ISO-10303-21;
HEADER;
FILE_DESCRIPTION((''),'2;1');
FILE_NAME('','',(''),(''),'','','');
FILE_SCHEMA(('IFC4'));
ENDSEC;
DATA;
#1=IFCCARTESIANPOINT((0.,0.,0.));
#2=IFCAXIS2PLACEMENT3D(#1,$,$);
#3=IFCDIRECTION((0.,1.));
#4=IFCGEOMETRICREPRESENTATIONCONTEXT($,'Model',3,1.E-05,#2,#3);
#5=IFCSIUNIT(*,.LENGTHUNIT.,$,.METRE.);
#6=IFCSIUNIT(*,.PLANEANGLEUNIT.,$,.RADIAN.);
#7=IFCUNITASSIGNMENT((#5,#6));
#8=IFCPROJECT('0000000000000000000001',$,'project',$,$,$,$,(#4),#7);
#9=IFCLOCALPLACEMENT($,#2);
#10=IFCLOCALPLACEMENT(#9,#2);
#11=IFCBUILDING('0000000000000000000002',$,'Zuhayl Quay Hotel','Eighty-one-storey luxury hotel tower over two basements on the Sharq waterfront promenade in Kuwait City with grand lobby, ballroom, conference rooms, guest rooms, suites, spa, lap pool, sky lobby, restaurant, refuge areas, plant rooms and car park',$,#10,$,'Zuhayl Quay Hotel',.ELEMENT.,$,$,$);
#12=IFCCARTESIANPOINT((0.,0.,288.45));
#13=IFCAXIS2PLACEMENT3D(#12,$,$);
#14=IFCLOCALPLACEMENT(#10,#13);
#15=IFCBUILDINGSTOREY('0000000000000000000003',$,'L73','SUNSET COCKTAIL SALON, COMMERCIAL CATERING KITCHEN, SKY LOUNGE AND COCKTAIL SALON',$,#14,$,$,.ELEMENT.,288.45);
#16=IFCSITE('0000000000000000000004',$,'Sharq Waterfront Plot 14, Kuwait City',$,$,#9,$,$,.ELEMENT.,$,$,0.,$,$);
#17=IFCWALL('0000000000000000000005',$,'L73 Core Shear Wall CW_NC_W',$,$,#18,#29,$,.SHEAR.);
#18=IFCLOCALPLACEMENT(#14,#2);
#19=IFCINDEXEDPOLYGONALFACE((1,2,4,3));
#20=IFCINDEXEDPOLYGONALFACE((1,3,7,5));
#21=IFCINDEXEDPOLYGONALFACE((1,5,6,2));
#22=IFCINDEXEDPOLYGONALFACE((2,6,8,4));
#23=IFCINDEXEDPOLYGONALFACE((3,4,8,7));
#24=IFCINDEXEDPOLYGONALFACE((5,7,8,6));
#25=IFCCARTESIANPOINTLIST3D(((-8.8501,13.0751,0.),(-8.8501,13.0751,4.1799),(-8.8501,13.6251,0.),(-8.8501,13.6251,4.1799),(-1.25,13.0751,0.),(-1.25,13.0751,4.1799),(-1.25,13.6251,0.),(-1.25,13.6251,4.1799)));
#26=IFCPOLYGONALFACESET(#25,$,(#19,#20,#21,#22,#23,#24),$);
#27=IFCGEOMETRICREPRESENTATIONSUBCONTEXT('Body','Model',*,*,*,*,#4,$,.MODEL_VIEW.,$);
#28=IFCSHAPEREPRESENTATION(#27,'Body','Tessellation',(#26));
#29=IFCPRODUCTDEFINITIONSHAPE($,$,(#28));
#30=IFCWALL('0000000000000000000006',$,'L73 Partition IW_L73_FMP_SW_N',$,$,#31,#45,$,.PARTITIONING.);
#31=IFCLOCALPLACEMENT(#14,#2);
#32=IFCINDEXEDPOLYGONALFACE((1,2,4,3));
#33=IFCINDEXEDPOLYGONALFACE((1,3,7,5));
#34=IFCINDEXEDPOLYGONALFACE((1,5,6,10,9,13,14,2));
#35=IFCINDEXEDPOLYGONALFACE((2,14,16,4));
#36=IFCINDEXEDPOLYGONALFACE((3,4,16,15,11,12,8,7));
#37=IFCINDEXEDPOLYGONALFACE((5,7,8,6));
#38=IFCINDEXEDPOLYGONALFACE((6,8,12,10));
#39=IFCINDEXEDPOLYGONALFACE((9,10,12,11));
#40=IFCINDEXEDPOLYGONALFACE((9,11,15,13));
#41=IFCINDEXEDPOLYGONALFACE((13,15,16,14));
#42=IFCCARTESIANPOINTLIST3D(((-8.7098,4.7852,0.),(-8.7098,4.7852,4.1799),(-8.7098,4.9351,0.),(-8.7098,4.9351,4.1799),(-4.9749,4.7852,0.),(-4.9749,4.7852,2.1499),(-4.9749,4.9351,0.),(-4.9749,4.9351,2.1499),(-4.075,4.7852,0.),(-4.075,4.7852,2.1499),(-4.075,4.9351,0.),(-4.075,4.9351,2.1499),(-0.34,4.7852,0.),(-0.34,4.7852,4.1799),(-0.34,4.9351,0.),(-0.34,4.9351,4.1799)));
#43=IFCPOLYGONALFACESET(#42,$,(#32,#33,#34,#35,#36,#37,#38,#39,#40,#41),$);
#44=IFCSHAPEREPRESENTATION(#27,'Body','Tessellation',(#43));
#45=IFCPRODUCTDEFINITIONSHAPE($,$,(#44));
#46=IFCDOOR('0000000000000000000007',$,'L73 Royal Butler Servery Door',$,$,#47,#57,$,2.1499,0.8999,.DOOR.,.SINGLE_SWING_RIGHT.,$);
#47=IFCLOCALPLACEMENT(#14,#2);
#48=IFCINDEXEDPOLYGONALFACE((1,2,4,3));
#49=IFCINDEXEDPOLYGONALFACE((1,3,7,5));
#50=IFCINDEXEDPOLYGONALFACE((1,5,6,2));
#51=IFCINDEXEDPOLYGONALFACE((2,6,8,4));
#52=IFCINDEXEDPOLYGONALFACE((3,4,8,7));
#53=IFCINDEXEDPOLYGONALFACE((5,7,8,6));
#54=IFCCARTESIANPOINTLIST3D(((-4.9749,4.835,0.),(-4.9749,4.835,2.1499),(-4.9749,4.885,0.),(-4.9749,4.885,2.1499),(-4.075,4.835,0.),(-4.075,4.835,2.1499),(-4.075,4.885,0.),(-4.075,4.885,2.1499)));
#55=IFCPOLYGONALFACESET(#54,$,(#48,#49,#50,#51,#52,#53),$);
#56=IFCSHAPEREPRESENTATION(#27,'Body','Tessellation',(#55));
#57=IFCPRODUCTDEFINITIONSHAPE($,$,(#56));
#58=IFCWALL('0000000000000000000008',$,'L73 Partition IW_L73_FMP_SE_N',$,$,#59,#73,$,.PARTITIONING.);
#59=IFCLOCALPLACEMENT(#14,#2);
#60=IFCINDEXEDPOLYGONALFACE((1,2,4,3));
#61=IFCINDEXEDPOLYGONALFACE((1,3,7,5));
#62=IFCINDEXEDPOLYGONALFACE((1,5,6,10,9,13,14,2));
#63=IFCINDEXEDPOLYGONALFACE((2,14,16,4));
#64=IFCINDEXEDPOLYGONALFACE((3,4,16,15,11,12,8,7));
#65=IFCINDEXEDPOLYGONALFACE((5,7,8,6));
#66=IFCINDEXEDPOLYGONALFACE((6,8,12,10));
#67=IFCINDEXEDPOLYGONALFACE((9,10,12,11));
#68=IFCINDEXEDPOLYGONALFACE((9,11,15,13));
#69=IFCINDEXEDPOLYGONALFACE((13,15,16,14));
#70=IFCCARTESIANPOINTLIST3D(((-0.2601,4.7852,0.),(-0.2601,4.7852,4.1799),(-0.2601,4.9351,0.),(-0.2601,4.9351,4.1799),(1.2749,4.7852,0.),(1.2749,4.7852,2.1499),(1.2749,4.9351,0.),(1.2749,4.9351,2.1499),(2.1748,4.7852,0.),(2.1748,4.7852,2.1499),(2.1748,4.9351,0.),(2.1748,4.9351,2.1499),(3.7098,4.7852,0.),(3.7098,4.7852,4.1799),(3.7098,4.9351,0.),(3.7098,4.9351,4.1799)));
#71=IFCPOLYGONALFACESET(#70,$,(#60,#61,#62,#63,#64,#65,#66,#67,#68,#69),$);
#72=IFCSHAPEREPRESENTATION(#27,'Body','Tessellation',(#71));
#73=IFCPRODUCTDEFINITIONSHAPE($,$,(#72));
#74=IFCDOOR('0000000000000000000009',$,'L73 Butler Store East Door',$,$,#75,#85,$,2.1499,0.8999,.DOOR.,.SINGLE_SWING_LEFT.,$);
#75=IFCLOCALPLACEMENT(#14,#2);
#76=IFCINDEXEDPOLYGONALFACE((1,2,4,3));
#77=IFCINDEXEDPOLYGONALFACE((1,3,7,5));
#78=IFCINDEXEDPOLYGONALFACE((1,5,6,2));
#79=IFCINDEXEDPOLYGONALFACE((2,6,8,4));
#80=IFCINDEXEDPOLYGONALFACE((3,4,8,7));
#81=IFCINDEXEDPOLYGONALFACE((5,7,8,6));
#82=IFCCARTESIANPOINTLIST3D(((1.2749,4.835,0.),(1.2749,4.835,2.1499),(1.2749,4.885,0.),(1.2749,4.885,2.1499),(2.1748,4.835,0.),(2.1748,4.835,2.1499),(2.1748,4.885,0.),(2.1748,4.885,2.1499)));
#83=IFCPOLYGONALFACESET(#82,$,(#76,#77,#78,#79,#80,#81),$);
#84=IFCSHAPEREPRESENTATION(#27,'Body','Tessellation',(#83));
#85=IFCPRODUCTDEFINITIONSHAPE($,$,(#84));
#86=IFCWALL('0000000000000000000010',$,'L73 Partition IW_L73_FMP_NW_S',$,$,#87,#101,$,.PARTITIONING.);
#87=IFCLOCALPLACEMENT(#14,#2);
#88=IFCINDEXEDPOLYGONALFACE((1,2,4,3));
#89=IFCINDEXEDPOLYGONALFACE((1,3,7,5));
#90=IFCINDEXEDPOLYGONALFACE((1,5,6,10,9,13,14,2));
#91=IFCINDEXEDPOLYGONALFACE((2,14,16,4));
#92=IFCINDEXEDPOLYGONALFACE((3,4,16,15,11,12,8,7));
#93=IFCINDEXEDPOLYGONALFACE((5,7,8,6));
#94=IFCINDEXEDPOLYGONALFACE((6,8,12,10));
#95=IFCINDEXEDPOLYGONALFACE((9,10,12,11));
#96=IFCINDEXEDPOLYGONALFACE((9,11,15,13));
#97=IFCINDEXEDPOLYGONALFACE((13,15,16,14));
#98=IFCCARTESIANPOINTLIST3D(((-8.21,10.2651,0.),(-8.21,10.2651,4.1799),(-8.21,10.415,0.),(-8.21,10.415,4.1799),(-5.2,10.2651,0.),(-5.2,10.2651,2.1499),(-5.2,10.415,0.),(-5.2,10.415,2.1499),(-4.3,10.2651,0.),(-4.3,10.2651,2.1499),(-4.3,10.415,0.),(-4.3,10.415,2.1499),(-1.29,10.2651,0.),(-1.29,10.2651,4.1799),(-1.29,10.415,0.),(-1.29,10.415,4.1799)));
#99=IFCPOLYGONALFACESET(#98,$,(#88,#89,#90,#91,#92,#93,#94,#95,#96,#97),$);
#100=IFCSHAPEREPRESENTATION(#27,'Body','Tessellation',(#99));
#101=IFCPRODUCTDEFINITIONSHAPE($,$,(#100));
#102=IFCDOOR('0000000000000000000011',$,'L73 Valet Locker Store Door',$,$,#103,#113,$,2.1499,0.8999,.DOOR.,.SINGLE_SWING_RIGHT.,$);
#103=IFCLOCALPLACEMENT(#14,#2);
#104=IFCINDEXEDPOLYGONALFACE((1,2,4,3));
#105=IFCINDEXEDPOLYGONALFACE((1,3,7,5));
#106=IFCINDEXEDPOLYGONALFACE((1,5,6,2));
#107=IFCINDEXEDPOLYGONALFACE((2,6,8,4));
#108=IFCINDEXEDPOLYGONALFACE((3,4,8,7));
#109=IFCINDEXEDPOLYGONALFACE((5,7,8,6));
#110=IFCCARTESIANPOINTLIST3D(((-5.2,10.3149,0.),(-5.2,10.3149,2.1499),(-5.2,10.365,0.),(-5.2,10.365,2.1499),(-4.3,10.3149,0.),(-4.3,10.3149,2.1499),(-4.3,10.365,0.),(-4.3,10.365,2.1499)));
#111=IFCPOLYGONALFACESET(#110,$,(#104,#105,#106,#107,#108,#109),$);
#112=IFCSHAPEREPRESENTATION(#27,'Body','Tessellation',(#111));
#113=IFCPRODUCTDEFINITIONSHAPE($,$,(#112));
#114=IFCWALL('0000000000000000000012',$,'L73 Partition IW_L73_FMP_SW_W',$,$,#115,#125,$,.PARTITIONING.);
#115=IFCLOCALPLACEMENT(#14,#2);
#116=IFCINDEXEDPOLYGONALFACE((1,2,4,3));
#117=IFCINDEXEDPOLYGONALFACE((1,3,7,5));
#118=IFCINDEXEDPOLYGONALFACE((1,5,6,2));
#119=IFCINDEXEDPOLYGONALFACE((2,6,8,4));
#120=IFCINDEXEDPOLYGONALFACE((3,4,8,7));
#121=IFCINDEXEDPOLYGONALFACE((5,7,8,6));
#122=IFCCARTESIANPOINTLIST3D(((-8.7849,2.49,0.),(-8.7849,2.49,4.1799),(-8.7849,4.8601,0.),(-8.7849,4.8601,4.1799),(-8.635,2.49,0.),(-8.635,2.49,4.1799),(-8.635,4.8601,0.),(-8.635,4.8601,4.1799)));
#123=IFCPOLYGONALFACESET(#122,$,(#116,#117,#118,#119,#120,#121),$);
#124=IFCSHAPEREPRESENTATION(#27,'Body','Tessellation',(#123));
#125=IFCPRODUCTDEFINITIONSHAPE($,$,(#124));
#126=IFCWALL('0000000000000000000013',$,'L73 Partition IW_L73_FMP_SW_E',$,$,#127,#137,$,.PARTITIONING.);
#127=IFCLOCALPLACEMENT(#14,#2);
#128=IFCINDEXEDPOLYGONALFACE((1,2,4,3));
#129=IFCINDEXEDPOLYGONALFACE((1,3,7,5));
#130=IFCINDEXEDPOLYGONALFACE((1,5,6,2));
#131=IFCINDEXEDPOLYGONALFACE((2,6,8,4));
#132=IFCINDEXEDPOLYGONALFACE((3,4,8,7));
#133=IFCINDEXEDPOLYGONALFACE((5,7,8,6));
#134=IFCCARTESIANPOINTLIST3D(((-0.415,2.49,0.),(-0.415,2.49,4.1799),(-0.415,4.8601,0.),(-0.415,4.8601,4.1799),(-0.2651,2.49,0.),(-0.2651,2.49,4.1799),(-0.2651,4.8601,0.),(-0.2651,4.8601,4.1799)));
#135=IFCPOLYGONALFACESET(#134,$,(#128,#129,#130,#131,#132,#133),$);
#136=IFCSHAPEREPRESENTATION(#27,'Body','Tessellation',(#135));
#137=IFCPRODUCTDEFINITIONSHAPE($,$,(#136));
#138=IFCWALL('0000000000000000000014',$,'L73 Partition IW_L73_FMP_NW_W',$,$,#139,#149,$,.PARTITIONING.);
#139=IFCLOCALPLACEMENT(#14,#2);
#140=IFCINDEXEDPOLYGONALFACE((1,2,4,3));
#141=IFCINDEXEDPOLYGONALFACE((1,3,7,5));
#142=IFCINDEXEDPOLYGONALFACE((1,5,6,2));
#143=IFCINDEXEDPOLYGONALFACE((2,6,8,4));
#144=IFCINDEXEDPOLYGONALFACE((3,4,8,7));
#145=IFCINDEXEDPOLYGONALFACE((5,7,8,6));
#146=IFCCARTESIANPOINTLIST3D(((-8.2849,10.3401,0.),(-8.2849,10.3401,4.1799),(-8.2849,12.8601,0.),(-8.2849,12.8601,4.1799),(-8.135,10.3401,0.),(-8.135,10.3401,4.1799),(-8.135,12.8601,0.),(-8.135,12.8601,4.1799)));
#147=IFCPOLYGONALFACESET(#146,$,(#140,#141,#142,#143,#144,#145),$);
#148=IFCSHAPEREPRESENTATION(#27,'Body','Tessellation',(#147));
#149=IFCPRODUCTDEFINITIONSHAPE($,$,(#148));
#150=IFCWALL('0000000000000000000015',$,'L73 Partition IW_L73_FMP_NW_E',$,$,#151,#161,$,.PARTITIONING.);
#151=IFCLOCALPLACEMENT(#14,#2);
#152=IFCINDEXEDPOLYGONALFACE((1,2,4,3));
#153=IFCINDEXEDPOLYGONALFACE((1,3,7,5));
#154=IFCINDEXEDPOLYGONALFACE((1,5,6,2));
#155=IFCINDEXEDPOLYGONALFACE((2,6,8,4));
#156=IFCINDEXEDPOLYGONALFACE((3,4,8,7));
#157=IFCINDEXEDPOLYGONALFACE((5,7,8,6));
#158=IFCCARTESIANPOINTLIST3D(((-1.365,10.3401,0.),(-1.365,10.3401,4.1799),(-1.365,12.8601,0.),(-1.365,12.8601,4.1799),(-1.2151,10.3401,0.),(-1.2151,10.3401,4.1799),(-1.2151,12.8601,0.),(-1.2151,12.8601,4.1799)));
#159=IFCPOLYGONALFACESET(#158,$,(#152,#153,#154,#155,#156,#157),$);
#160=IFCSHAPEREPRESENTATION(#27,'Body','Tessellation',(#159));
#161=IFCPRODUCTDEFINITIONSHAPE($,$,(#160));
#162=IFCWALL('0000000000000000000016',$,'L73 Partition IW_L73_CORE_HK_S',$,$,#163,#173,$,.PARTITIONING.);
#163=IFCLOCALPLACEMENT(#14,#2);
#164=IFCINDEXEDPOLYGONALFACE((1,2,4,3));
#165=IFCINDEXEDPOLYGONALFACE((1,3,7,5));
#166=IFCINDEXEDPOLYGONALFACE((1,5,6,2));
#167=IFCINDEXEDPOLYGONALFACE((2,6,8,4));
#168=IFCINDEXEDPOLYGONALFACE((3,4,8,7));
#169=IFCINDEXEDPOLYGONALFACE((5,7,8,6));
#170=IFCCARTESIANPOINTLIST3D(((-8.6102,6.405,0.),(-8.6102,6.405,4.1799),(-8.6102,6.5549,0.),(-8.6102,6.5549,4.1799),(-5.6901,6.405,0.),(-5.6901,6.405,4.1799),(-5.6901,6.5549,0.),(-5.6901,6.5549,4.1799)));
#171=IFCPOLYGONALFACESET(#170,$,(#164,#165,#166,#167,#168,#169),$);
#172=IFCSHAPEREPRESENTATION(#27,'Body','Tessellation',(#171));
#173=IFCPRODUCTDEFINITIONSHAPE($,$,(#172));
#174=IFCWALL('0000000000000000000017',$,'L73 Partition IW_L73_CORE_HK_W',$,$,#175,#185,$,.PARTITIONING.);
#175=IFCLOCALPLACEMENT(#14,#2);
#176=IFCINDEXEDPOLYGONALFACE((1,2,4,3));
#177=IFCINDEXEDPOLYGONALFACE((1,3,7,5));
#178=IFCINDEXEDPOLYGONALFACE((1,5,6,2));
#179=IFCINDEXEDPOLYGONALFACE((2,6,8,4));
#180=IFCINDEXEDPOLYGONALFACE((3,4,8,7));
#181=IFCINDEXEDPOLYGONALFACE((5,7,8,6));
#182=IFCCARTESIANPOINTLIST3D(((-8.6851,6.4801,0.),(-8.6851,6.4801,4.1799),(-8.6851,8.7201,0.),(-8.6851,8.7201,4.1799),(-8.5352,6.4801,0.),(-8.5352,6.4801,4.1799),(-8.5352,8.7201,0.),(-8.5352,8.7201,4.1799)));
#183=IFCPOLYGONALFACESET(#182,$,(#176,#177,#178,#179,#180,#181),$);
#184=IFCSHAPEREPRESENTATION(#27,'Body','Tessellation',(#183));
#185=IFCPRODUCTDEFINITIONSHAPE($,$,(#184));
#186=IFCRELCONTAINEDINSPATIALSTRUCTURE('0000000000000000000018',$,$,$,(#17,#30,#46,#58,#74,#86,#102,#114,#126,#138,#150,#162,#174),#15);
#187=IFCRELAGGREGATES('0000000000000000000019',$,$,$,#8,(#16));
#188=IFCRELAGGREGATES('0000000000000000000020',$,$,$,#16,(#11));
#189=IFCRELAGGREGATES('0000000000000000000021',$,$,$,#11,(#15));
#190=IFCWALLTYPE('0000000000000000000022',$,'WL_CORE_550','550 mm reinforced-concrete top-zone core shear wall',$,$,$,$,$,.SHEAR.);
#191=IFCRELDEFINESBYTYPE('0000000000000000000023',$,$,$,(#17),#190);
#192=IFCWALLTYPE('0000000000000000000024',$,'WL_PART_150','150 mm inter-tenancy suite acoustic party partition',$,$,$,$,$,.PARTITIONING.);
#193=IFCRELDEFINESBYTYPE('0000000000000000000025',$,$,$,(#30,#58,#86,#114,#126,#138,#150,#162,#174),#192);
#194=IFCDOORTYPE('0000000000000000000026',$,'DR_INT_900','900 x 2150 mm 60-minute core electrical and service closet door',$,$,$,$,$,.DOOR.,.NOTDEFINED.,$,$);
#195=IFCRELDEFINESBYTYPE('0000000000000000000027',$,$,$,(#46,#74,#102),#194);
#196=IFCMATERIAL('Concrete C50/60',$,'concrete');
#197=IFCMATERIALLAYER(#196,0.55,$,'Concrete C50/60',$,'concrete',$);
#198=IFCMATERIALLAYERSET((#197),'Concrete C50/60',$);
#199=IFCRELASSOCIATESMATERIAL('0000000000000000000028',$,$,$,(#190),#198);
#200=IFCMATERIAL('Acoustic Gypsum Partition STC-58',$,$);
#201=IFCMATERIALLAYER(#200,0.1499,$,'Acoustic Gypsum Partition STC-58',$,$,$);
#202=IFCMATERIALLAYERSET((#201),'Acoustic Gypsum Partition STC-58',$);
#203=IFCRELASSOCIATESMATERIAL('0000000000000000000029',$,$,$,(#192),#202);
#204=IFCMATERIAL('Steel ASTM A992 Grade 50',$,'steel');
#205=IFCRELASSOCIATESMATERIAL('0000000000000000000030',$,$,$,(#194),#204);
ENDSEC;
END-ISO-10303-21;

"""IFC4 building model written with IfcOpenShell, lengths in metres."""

from ifc_helpers import new_model, si_unit, direction, frame, frame_2d, origin, place, context, subcontext, project, spatial, rectangle, extrude, material, layer, layer_set, type_object, element, fill, save


model = new_model("IFC4")

# Units and contexts
model_context = context("Model", 3, precision=1e-05, world=origin(), true_north=direction((0.0, 1.0)))
body_context = subcontext(model_context, "Body", "Model", "MODEL_VIEW")
ifc_project = project(units=[si_unit("LENGTHUNIT", "METRE"), si_unit("PLANEANGLEUNIT", "RADIAN")], contexts=[model_context])

# Site, building, storey
site_placement = place(None, origin())
site = spatial("IfcSite", under=ifc_project, at=site_placement, Name="Sharq Waterfront Plot 14, Kuwait City", CompositionType="ELEMENT", RefElevation=0.0)
building_placement = place(site_placement, origin())
building = spatial("IfcBuilding", under=site, at=building_placement, Name="Zuhayl Quay Hotel", Description="Eighty-one-storey luxury hotel tower over two basements on the Sharq waterfront promenade in Kuwait City with grand lobby, ballroom, conference rooms, guest rooms, suites, spa, lap pool, sky lobby, restaurant, refuge areas, plant rooms and car park", LongName="Zuhayl Quay Hotel", CompositionType="ELEMENT")
storey_placement = place(building_placement, frame((0.0, 0.0, 288.45)))
storey = spatial("IfcBuildingStorey", under=building, at=storey_placement, Name="L73", Description="SUNSET COCKTAIL SALON, COMMERCIAL CATERING KITCHEN, SKY LOUNGE AND COCKTAIL SALON", CompositionType="ELEMENT", Elevation=288.45)

# Wall
ifc_material_1 = material(Name="Concrete C50/60", Category="concrete")
ifc_layer_1 = layer(ifc_material_1, 0.55, Name="Concrete C50/60", Category="concrete")
ifc_layer_set_1 = layer_set([ifc_layer_1], Name="Concrete C50/60")
wall_type_1 = type_object("IfcWallType", Name="WL_CORE_550", Description="550 mm reinforced-concrete top-zone core shear wall", PredefinedType="SHEAR", material=ifc_layer_set_1)
wall_1_placement = place(storey_placement, frame((-8.8501, 13.3501, 0.0), z_axis=(0.0, 0.0, 1.0), x_axis=(1.0, 0.0, 0.0)))
element("IfcWall", 1, at=wall_1_placement, inside=storey, type_object=wall_type_1, Name="L73 Core Shear Wall CW_NC_W", PredefinedType="SHEAR", context=body_context, shape_type="SweptSolid", body=[
    extrude(rectangle(XDim=7.6001, YDim=0.55, at=frame_2d((3.8, 0.0))), origin(), (0.0, 0.0, 1.0), 4.1799),
])

# Walls, openings, doors
ifc_material_2 = material(Name="Acoustic Gypsum Partition STC-58")
ifc_layer_2 = layer(ifc_material_2, 0.1499, Name="Acoustic Gypsum Partition STC-58")
ifc_layer_set_2 = layer_set([ifc_layer_2], Name="Acoustic Gypsum Partition STC-58")
wall_type_2 = type_object("IfcWallType", Name="WL_PART_150", Description="150 mm inter-tenancy suite acoustic party partition", PredefinedType="PARTITIONING", material=ifc_layer_set_2)
wall_2_placement = place(storey_placement, frame((-8.71, 4.8601, 0.0), z_axis=(0.0, 0.0, 1.0), x_axis=(1.0, 0.0, 0.0)))
wall_2 = element("IfcWall", 2, at=wall_2_placement, inside=storey, type_object=wall_type_2, Name="L73 Partition IW_L73_FMP_SW_N", PredefinedType="PARTITIONING", context=body_context, shape_type="SweptSolid", body=[
    extrude(rectangle(XDim=8.3699, YDim=0.1499, at=frame_2d((4.1851, 0.0))), origin(), (0.0, 0.0, 1.0), 4.1799),
])
opening_1_placement = place(wall_2_placement, frame((3.7351, 0.0, 0.0)))
opening_1 = element("IfcOpeningElement", 3, at=opening_1_placement, cuts=wall_2, PredefinedType="OPENING", context=body_context, shape_type="SweptSolid", body=[
    extrude(rectangle(XDim=0.8999, YDim=2.1499, at=frame_2d((0.45, 1.075))), frame((0.0, 0.085, 0.0), z_axis=(0.0, -1.0, 0.0), x_axis=(1.0, 0.0, 0.0)), (0.0, 0.0, 1.0), 0.1699),
])
ifc_material_3 = material(Name="Steel ASTM A992 Grade 50", Category="steel")
door_type_1 = type_object("IfcDoorType", Name="DR_INT_900", Description="900 x 2150 mm 60-minute core electrical and service closet door", OperationType="NOTDEFINED", PredefinedType="DOOR", material=ifc_material_3)
door_1_placement = place(opening_1_placement, origin())
door_1 = element("IfcDoor", 4, at=door_1_placement, inside=storey, type_object=door_type_1, Name="L73 Royal Butler Servery Door", OperationType="SINGLE_SWING_RIGHT", OverallHeight=2.1499, OverallWidth=0.8999, PredefinedType="DOOR", context=body_context, shape_type="SweptSolid", body=[
    extrude(rectangle(XDim=0.8999, YDim=2.1499, at=frame_2d((0.45, 1.075))), frame((0.0, 0.0249, 0.0), z_axis=(0.0, -1.0, 0.0), x_axis=(1.0, 0.0, 0.0)), (0.0, 0.0, 1.0), 0.05),
])
fill(opening_1, door_1)
wall_3_placement = place(storey_placement, frame((-0.26, 4.8601, 0.0), z_axis=(0.0, 0.0, 1.0), x_axis=(1.0, 0.0, 0.0)))
wall_3 = element("IfcWall", 5, at=wall_3_placement, inside=storey, type_object=wall_type_2, Name="L73 Partition IW_L73_FMP_SE_N", PredefinedType="PARTITIONING", context=body_context, shape_type="SweptSolid", body=[
    extrude(rectangle(XDim=3.97, YDim=0.1499, at=frame_2d((1.9849, 0.0))), origin(), (0.0, 0.0, 1.0), 4.1799),
])
opening_2_placement = place(wall_3_placement, frame((1.5349, 0.0, 0.0)))
opening_2 = element("IfcOpeningElement", 6, at=opening_2_placement, cuts=wall_3, PredefinedType="OPENING", context=body_context, shape_type="SweptSolid", body=[
    extrude(rectangle(XDim=0.8999, YDim=2.1499, at=frame_2d((0.45, 1.075))), frame((0.0, 0.085, 0.0), z_axis=(0.0, -1.0, 0.0), x_axis=(1.0, 0.0, 0.0)), (0.0, 0.0, 1.0), 0.1699),
])
door_2_placement = place(opening_2_placement, origin())
door_2 = element("IfcDoor", 7, at=door_2_placement, inside=storey, type_object=door_type_1, Name="L73 Butler Store East Door", OperationType="SINGLE_SWING_LEFT", OverallHeight=2.1499, OverallWidth=0.8999, PredefinedType="DOOR", context=body_context, shape_type="SweptSolid", body=[
    extrude(rectangle(XDim=0.8999, YDim=2.1499, at=frame_2d((0.45, 1.075))), frame((0.0, 0.0249, 0.0), z_axis=(0.0, -1.0, 0.0), x_axis=(1.0, 0.0, 0.0)), (0.0, 0.0, 1.0), 0.05),
])
fill(opening_2, door_2)
wall_4_placement = place(storey_placement, frame((-8.21, 10.3401, 0.0), z_axis=(0.0, 0.0, 1.0), x_axis=(1.0, 0.0, 0.0)))
wall_4 = element("IfcWall", 8, at=wall_4_placement, inside=storey, type_object=wall_type_2, Name="L73 Partition IW_L73_FMP_NW_S", PredefinedType="PARTITIONING", context=body_context, shape_type="SweptSolid", body=[
    extrude(rectangle(XDim=6.9199, YDim=0.1499, at=frame_2d((3.46, 0.0))), origin(), (0.0, 0.0, 1.0), 4.1799),
])
opening_3_placement = place(wall_4_placement, frame((3.01, 0.0, 0.0)))
opening_3 = element("IfcOpeningElement", 9, at=opening_3_placement, cuts=wall_4, PredefinedType="OPENING", context=body_context, shape_type="SweptSolid", body=[
    extrude(rectangle(XDim=0.8999, YDim=2.1499, at=frame_2d((0.45, 1.075))), frame((0.0, 0.085, 0.0), z_axis=(0.0, -1.0, 0.0), x_axis=(1.0, 0.0, 0.0)), (0.0, 0.0, 1.0), 0.1699),
])
door_3_placement = place(opening_3_placement, origin())
door_3 = element("IfcDoor", 10, at=door_3_placement, inside=storey, type_object=door_type_1, Name="L73 Valet Locker Store Door", OperationType="SINGLE_SWING_RIGHT", OverallHeight=2.1499, OverallWidth=0.8999, PredefinedType="DOOR", context=body_context, shape_type="SweptSolid", body=[
    extrude(rectangle(XDim=0.8999, YDim=2.1499, at=frame_2d((0.45, 1.075))), frame((0.0, 0.0249, 0.0), z_axis=(0.0, -1.0, 0.0), x_axis=(1.0, 0.0, 0.0)), (0.0, 0.0, 1.0), 0.05),
])
fill(opening_3, door_3)

# Walls
for number, where, z_axis, x_axis, name in (
    (11, (-8.71, 2.49, 0.0), (0.0, 0.0, 1.0), (0.0, 1.0, 0.0), "L73 Partition IW_L73_FMP_SW_W"),
    (12, (-0.3401, 2.49, 0.0), (0.0, 0.0, 1.0), (0.0, 1.0, 0.0), "L73 Partition IW_L73_FMP_SW_E"),
):
    element("IfcWall", number, at=place(storey_placement, frame(where, z_axis=z_axis, x_axis=x_axis)), inside=storey, type_object=wall_type_2, Name=name, PredefinedType="PARTITIONING", context=body_context, shape_type="SweptSolid", body=[
        extrude(rectangle(XDim=2.3701, YDim=0.1499, at=frame_2d((1.1851, 0.0))), origin(), (0.0, 0.0, 1.0), 4.1799),
    ])
for number, where, z_axis, x_axis, name in (
    (13, (-8.21, 10.3401, 0.0), (0.0, 0.0, 1.0), (0.0, 1.0, 0.0), "L73 Partition IW_L73_FMP_NW_W"),
    (14, (-1.29, 10.3401, 0.0), (0.0, 0.0, 1.0), (0.0, 1.0, 0.0), "L73 Partition IW_L73_FMP_NW_E"),
):
    element("IfcWall", number, at=place(storey_placement, frame(where, z_axis=z_axis, x_axis=x_axis)), inside=storey, type_object=wall_type_2, Name=name, PredefinedType="PARTITIONING", context=body_context, shape_type="SweptSolid", body=[
        extrude(rectangle(XDim=2.52, YDim=0.1499, at=frame_2d((1.26, 0.0))), origin(), (0.0, 0.0, 1.0), 4.1799),
    ])
wall_5_placement = place(storey_placement, frame((-8.6101, 6.48, 0.0), z_axis=(0.0, 0.0, 1.0), x_axis=(1.0, 0.0, 0.0)))
element("IfcWall", 15, at=wall_5_placement, inside=storey, type_object=wall_type_2, Name="L73 Partition IW_L73_CORE_HK_S", PredefinedType="PARTITIONING", context=body_context, shape_type="SweptSolid", body=[
    extrude(rectangle(XDim=2.9202, YDim=0.1499, at=frame_2d((1.46, 0.0))), origin(), (0.0, 0.0, 1.0), 4.1799),
])
for number, where, z_axis, x_axis, name in (
    (16, (-8.6101, 6.48, 0.0), (0.0, 0.0, 1.0), (0.0, 1.0, 0.0), "L73 Partition IW_L73_CORE_HK_W"),
):
    element("IfcWall", number, at=place(storey_placement, frame(where, z_axis=z_axis, x_axis=x_axis)), inside=storey, type_object=wall_type_2, Name=name, PredefinedType="PARTITIONING", context=body_context, shape_type="SweptSolid", body=[
        extrude(rectangle(XDim=2.24, YDim=0.1499, at=frame_2d((1.1201, 0.0))), origin(), (0.0, 0.0, 1.0), 4.1799),
    ])

save(model, "model.ifc")
